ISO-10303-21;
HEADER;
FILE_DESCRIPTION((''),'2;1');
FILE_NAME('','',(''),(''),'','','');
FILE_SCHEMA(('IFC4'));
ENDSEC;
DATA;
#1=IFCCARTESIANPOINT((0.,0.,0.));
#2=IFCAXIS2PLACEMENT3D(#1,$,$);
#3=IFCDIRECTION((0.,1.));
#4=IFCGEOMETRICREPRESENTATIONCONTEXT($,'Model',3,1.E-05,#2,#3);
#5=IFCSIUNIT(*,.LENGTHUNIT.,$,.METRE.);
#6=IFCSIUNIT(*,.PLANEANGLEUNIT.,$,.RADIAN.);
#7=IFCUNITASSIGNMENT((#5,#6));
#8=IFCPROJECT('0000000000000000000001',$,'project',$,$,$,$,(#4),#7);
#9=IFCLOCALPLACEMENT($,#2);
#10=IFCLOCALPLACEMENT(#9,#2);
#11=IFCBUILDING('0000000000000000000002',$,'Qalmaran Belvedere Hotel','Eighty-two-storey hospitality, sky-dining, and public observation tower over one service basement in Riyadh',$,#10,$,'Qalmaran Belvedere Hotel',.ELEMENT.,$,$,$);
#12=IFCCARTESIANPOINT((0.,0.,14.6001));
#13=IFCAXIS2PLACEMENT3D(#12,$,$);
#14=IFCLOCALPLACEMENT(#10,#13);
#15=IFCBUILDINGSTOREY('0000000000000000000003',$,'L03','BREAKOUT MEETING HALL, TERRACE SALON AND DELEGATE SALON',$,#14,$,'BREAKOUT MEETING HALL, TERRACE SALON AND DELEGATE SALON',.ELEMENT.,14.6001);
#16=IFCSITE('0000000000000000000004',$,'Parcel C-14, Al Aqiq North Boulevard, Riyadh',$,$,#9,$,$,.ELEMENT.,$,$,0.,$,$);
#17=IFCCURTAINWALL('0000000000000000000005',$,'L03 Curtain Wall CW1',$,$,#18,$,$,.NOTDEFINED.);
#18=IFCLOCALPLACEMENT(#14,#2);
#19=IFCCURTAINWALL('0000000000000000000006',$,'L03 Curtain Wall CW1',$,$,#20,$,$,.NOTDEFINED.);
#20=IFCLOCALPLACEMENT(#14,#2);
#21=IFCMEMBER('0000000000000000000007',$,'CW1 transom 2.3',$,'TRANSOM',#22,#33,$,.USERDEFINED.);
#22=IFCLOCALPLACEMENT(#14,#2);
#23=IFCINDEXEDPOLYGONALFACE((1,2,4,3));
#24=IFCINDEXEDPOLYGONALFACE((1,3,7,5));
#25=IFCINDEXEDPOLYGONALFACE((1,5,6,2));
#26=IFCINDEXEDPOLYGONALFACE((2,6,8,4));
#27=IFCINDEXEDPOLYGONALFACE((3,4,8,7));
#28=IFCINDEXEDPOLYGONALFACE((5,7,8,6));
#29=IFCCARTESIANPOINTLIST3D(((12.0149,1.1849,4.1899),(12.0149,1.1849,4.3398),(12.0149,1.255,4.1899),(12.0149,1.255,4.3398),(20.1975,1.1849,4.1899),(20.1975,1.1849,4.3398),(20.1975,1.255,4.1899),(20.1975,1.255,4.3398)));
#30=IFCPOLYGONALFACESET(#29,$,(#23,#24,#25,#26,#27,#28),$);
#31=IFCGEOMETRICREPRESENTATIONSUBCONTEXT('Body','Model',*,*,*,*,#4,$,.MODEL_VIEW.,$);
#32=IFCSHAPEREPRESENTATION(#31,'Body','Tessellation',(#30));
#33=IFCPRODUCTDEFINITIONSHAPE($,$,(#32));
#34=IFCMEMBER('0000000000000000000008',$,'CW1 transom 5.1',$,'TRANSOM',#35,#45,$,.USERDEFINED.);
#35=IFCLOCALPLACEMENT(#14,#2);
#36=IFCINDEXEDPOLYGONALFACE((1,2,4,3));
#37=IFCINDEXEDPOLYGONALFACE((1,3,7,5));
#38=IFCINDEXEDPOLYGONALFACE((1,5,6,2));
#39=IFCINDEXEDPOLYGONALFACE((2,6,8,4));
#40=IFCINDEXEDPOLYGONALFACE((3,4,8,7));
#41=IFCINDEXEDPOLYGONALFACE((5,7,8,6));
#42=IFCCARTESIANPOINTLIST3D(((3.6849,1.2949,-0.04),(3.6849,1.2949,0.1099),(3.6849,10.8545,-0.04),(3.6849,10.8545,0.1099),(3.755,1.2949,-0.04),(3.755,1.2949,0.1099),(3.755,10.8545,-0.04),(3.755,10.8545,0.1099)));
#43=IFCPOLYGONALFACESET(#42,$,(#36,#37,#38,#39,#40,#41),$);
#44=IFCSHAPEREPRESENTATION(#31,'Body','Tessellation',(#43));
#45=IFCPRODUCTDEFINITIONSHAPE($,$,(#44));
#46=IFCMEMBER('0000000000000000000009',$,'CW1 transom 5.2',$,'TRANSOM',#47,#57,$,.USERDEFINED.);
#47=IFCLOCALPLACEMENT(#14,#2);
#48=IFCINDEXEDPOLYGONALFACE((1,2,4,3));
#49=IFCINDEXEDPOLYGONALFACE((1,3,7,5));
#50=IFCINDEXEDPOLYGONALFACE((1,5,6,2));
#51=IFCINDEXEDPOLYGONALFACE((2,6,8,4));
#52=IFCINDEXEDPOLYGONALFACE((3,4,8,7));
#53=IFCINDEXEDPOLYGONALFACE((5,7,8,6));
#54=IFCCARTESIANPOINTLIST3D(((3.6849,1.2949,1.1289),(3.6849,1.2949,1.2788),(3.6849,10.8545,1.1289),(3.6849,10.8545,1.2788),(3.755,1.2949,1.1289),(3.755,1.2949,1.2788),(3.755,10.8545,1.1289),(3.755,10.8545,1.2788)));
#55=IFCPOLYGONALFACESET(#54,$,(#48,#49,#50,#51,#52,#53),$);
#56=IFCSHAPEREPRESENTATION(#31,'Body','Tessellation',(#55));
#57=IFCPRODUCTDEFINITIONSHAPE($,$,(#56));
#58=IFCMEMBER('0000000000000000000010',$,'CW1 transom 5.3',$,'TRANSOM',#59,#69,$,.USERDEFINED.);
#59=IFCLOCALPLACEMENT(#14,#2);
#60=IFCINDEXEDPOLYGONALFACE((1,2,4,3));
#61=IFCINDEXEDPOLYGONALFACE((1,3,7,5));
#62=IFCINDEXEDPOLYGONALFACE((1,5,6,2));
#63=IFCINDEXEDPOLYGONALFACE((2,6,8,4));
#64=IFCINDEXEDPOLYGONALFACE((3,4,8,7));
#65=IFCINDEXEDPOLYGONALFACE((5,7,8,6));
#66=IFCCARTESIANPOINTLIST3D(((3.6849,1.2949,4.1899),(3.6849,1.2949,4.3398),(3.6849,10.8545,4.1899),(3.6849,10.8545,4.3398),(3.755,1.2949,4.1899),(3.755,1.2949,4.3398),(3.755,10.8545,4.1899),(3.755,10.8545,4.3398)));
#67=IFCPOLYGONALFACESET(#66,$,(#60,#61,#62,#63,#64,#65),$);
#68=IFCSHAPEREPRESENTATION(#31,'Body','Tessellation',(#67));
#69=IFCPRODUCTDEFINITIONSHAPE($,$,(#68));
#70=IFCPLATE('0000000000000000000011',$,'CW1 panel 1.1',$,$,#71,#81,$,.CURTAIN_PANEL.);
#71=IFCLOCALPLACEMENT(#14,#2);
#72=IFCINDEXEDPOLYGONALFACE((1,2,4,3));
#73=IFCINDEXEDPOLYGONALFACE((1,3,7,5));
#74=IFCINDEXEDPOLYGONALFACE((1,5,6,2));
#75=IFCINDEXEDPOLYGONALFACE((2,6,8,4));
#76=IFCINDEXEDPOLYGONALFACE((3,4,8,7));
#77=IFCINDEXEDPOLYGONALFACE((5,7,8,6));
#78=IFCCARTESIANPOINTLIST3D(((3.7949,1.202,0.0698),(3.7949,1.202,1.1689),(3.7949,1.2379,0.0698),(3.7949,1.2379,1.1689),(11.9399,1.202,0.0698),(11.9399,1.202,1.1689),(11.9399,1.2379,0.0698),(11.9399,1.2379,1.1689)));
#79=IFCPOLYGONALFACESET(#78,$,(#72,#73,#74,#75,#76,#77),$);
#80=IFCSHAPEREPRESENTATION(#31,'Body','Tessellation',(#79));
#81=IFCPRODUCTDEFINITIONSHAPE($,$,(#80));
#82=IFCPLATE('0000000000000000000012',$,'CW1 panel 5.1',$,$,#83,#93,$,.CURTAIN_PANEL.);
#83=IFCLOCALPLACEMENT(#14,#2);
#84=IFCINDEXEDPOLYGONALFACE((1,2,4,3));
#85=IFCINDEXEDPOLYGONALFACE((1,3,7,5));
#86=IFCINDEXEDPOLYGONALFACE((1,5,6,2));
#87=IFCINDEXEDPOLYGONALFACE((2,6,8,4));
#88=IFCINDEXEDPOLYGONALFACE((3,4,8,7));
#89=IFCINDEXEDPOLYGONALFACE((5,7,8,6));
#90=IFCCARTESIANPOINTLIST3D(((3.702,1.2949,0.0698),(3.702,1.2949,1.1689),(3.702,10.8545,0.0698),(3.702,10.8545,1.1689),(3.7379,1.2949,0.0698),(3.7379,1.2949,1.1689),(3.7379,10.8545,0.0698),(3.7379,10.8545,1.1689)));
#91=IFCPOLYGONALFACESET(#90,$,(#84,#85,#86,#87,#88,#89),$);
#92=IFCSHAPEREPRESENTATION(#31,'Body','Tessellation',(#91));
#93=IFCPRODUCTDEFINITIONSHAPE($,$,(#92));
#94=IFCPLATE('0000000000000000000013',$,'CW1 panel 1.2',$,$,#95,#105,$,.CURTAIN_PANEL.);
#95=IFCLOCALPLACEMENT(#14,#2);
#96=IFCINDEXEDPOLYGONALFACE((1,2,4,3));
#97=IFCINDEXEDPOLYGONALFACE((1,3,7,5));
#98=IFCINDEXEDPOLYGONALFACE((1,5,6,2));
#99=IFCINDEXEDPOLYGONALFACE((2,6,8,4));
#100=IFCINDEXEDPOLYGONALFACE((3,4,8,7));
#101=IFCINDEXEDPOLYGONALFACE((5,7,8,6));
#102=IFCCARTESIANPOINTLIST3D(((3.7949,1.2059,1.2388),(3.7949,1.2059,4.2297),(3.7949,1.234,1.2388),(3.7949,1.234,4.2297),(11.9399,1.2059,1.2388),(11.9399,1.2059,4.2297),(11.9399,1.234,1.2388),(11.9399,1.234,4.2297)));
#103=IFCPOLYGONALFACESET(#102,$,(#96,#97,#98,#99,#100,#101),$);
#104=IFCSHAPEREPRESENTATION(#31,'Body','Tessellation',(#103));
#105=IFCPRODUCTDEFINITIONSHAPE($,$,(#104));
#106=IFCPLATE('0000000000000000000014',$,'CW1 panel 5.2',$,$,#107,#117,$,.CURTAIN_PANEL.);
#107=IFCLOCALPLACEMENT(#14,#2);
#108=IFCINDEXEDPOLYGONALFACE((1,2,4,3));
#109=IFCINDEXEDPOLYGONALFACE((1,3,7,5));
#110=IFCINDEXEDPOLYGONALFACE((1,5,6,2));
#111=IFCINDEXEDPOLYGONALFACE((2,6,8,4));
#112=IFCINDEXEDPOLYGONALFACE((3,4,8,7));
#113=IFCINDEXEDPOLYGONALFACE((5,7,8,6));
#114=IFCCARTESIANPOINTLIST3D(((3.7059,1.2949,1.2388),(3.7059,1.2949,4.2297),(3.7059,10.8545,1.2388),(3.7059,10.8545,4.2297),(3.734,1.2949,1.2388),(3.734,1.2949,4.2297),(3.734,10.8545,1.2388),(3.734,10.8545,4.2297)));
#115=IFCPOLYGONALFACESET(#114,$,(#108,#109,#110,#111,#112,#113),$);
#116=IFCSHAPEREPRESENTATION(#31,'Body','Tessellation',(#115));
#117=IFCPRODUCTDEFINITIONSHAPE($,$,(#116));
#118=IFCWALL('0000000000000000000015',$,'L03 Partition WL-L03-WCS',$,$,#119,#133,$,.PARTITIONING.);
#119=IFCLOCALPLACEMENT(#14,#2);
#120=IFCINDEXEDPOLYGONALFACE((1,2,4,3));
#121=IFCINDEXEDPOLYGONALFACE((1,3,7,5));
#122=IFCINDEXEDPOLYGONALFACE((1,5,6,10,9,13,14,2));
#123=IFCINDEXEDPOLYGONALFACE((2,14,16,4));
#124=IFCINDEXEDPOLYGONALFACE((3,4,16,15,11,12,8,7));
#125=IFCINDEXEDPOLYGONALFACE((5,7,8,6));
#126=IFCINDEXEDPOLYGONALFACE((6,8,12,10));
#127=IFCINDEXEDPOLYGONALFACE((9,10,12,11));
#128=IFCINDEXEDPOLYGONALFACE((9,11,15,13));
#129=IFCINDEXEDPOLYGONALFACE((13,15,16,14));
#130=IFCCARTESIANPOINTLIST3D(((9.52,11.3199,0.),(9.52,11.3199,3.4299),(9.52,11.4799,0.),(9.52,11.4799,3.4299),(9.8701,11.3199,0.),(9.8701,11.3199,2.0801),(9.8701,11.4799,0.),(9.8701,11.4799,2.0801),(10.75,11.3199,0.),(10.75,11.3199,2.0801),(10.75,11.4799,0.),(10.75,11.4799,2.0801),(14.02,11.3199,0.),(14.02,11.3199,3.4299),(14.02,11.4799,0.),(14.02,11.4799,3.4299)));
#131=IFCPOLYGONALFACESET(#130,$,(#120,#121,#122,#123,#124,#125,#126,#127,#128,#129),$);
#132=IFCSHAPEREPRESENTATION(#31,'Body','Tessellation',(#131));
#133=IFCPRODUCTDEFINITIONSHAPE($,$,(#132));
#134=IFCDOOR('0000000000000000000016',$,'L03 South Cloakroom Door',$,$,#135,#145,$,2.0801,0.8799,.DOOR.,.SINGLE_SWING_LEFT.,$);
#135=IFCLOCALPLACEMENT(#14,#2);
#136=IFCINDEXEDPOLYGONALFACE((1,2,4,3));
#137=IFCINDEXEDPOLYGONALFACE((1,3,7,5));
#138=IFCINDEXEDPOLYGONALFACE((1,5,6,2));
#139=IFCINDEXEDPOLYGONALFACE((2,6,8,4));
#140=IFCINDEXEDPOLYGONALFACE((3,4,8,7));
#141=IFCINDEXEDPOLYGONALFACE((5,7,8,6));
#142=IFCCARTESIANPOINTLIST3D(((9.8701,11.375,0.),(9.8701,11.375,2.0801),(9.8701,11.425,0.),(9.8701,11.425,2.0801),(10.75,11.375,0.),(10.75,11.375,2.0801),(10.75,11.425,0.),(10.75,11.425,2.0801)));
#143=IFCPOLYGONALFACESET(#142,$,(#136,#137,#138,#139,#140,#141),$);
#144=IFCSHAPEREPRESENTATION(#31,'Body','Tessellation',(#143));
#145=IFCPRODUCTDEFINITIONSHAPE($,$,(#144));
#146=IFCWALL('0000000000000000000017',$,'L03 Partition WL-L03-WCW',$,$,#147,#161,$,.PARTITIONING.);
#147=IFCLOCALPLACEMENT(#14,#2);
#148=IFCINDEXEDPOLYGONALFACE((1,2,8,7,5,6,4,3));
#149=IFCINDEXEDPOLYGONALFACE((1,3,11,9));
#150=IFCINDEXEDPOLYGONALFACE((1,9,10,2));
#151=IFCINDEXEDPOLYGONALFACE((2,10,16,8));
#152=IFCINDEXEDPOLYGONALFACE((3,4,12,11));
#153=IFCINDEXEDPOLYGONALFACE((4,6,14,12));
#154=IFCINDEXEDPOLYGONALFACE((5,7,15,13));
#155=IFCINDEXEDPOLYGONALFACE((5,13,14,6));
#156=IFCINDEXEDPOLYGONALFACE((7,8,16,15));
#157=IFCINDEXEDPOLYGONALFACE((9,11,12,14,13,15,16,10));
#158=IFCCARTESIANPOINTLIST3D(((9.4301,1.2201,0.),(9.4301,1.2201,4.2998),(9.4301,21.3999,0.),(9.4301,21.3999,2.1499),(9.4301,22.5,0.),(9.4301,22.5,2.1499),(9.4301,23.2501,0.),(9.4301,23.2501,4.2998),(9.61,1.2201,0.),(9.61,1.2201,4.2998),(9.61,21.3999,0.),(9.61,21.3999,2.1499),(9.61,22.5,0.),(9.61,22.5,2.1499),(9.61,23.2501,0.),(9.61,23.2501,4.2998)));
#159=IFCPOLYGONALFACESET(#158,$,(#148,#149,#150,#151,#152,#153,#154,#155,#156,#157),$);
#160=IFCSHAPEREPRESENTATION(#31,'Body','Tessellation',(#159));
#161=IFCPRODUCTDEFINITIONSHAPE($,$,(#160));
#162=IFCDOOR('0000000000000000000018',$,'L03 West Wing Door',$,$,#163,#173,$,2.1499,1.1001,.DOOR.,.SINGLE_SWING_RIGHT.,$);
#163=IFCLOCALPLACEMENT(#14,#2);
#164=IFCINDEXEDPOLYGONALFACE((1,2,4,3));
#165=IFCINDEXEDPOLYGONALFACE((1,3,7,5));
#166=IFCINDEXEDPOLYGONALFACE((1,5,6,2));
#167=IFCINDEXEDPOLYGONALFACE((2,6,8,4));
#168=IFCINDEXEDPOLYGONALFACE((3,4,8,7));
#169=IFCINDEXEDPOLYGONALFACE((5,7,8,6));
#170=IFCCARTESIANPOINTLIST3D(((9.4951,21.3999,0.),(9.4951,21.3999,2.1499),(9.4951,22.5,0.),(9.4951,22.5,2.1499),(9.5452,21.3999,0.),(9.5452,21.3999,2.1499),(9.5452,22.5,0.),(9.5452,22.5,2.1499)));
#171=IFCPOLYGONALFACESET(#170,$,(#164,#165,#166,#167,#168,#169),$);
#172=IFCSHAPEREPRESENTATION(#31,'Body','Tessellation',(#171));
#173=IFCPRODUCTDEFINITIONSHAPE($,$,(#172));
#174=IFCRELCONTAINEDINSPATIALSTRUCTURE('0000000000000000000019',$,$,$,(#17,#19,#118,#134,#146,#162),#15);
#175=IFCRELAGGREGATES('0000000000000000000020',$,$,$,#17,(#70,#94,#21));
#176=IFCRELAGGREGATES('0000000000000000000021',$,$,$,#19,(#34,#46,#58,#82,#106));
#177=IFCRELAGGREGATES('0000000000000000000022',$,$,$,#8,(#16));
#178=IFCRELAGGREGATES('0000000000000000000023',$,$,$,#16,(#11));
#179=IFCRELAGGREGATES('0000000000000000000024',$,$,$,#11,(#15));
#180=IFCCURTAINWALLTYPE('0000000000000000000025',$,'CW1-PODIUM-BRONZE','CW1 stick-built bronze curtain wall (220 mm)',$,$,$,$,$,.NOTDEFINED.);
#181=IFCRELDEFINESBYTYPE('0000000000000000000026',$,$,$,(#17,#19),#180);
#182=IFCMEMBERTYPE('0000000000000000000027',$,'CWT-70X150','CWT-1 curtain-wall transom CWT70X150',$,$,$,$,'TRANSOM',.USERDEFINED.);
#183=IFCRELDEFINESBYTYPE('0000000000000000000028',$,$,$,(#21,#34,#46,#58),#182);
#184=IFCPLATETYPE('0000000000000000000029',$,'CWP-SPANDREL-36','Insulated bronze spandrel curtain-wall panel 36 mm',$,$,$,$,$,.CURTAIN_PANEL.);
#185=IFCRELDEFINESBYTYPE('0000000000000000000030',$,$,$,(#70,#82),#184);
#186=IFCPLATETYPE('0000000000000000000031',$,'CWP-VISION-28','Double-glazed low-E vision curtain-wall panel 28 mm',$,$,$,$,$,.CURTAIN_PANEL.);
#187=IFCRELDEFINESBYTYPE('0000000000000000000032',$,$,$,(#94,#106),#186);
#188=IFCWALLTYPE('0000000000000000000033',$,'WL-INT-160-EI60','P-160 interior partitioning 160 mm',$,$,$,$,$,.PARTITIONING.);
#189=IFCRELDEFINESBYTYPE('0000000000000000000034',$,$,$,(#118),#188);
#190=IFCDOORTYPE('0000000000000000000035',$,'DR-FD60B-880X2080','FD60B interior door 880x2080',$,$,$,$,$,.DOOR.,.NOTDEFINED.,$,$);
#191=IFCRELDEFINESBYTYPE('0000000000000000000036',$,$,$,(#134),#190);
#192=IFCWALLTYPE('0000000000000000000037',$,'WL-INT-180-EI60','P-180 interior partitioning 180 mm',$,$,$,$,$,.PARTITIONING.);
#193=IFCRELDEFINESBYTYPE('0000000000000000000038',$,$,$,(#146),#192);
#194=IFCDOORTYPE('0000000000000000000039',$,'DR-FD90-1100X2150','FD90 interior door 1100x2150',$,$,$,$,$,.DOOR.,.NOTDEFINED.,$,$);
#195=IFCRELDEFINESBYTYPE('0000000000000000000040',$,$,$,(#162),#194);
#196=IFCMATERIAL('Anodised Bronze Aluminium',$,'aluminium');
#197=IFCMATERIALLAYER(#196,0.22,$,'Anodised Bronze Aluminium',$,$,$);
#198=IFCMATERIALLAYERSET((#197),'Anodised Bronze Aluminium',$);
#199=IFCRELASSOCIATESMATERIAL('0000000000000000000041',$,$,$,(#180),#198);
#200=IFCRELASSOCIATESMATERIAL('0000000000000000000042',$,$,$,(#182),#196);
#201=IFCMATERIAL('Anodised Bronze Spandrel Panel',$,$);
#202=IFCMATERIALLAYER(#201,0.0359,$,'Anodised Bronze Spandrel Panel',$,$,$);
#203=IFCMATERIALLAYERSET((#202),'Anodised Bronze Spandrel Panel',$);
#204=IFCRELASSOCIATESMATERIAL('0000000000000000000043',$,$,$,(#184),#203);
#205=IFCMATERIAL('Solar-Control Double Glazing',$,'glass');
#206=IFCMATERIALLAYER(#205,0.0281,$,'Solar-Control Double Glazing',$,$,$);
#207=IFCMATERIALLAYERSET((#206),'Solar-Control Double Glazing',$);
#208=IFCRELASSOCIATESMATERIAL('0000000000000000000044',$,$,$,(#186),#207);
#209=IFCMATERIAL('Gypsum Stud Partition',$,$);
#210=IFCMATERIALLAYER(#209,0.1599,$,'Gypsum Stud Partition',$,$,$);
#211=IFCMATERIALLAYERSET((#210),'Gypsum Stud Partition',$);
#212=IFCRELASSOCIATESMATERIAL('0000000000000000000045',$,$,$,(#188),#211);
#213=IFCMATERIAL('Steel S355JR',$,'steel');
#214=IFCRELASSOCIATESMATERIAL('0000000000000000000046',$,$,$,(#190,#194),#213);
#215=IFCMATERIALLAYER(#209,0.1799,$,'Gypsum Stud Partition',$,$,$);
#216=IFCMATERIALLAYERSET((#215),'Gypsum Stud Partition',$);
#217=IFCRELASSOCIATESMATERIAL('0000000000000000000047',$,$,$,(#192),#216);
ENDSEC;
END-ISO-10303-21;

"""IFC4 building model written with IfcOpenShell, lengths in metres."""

from ifc_helpers import new_model, si_unit, direction, frame, frame_2d, origin, origin_2d, place, context, subcontext, project, spatial, rectangle, extrude, material, layer, layer_set, material_profile, profile_set, type_object, element, fill, aggregate, save


model = new_model("IFC4")

# Units and contexts
model_context = context("Model", 3, precision=1e-05, world=origin(), true_north=direction((0.0, 1.0)))
body_context = subcontext(model_context, "Body", "Model", "MODEL_VIEW")
ifc_project = project(units=[si_unit("LENGTHUNIT", "METRE"), si_unit("PLANEANGLEUNIT", "RADIAN")], contexts=[model_context])

# Site, building, storey
site_placement = place(None, origin())
site = spatial("IfcSite", under=ifc_project, at=site_placement, Name="Parcel C-14, Al Aqiq North Boulevard, Riyadh", CompositionType="ELEMENT", RefElevation=0.0)
building_placement = place(site_placement, origin())
building = spatial("IfcBuilding", under=site, at=building_placement, Name="Qalmaran Belvedere Hotel", Description="Eighty-two-storey hospitality, sky-dining, and public observation tower over one service basement in Riyadh", LongName="Qalmaran Belvedere Hotel", CompositionType="ELEMENT")
storey_placement = place(building_placement, frame((0.0, 0.0, 14.6001)))
storey = spatial("IfcBuildingStorey", under=building, at=storey_placement, Name="L03", Description="BREAKOUT MEETING HALL, TERRACE SALON AND DELEGATE SALON", LongName="BREAKOUT MEETING HALL, TERRACE SALON AND DELEGATE SALON", CompositionType="ELEMENT", Elevation=14.6001)

# Shared definitions
ifc_material_1 = material(Name="Steel S355JR", Category="steel")

# Curtain walls
ifc_material_2 = material(Name="Anodised Bronze Aluminium", Category="aluminium")
ifc_layer_1 = layer(ifc_material_2, 0.22, Name="Anodised Bronze Aluminium")
ifc_layer_set_1 = layer_set([ifc_layer_1], Name="Anodised Bronze Aluminium")
curtain_wall_type = type_object("IfcCurtainWallType", Name="CW1-PODIUM-BRONZE", Description="CW1 stick-built bronze curtain wall (220 mm)", PredefinedType="NOTDEFINED", material=ifc_layer_set_1)
curtain_wall_1_placement = place(storey_placement, origin())
curtain_wall_1 = element("IfcCurtainWall", 1, at=curtain_wall_1_placement, inside=storey, type_object=curtain_wall_type, Name="L03 Curtain Wall CW1", PredefinedType="NOTDEFINED")
curtain_wall_2_placement = place(storey_placement, origin())
curtain_wall_2 = element("IfcCurtainWall", 2, at=curtain_wall_2_placement, inside=storey, type_object=curtain_wall_type, Name="L03 Curtain Wall CW1", PredefinedType="NOTDEFINED")

# Members
ifc_material_profile_1 = material_profile(ifc_material_2, rectangle(XDim=0.0701, YDim=0.1499, at=origin_2d()), Name="CWT70X150")
ifc_profile_set_1 = profile_set([ifc_material_profile_1], Name="Anodised Bronze Aluminium")
member_type_1 = type_object("IfcMemberType", Name="CWT-70X150", Description="CWT-1 curtain-wall transom CWT70X150", ElementType="TRANSOM", PredefinedType="USERDEFINED", material=ifc_profile_set_1)
member_1_placement = place(storey_placement, frame((12.0149, 1.22, 4.2649), z_axis=(1.0, 0.0, 0.0), x_axis=(0.0, 1.0, 0.0)))
member_1 = element("IfcMember", 3, at=member_1_placement, type_object=member_type_1, Name="CW1 transom 2.3", ObjectType="TRANSOM", PredefinedType="USERDEFINED", context=body_context, shape_type="SweptSolid", body=[
    extrude(rectangle(XDim=0.0701, YDim=0.1499, at=origin_2d()), origin(), (0.0, 0.0, 1.0), 8.1826),
])
member_2_placement = place(storey_placement, frame((3.72, 10.8545, 0.0349), z_axis=(0.0, -1.0, 0.0), x_axis=(1.0, 0.0, 0.0)))
member_2 = element("IfcMember", 4, at=member_2_placement, type_object=member_type_1, Name="CW1 transom 5.1", ObjectType="TRANSOM", PredefinedType="USERDEFINED", context=body_context, shape_type="SweptSolid", body=[
    extrude(rectangle(XDim=0.0701, YDim=0.1499, at=origin_2d()), origin(), (0.0, 0.0, 1.0), 9.5596),
])
member_3_placement = place(storey_placement, frame((3.72, 10.8545, 1.2039), z_axis=(0.0, -1.0, 0.0), x_axis=(1.0, 0.0, 0.0)))
member_3 = element("IfcMember", 5, at=member_3_placement, type_object=member_type_1, Name="CW1 transom 5.2", ObjectType="TRANSOM", PredefinedType="USERDEFINED", context=body_context, shape_type="SweptSolid", body=[
    extrude(rectangle(XDim=0.0701, YDim=0.1499, at=origin_2d()), origin(), (0.0, 0.0, 1.0), 9.5596),
])
member_4_placement = place(storey_placement, frame((3.72, 10.8545, 4.2649), z_axis=(0.0, -1.0, 0.0), x_axis=(1.0, 0.0, 0.0)))
member_4 = element("IfcMember", 6, at=member_4_placement, type_object=member_type_1, Name="CW1 transom 5.3", ObjectType="TRANSOM", PredefinedType="USERDEFINED", context=body_context, shape_type="SweptSolid", body=[
    extrude(rectangle(XDim=0.0701, YDim=0.1499, at=origin_2d()), origin(), (0.0, 0.0, 1.0), 9.5596),
])

# Plates
ifc_material_3 = material(Name="Anodised Bronze Spandrel Panel")
ifc_layer_2 = layer(ifc_material_3, 0.0359, Name="Anodised Bronze Spandrel Panel")
ifc_layer_set_2 = layer_set([ifc_layer_2], Name="Anodised Bronze Spandrel Panel")
plate_type_1 = type_object("IfcPlateType", Name="CWP-SPANDREL-36", Description="Insulated bronze spandrel curtain-wall panel 36 mm", PredefinedType="CURTAIN_PANEL", material=ifc_layer_set_2)
plate_1_placement = place(storey_placement, frame((7.8674, 1.22, 0.0698), z_axis=(0.0, 0.0, 1.0), x_axis=(1.0, 0.0, 0.0)))
plate_1 = element("IfcPlate", 7, at=plate_1_placement, type_object=plate_type_1, Name="CW1 panel 1.1", PredefinedType="CURTAIN_PANEL", context=body_context, shape_type="SweptSolid", body=[
    extrude(rectangle(XDim=8.145, YDim=0.0359, at=origin_2d()), origin(), (0.0, 0.0, 1.0), 1.0991),
])
plate_2_placement = place(storey_placement, frame((3.72, 6.0747, 0.0698), z_axis=(0.0, 0.0, 1.0), x_axis=(0.0, -1.0, 0.0)))
plate_2 = element("IfcPlate", 8, at=plate_2_placement, type_object=plate_type_1, Name="CW1 panel 5.1", PredefinedType="CURTAIN_PANEL", context=body_context, shape_type="SweptSolid", body=[
    extrude(rectangle(XDim=9.5596, YDim=0.0359, at=origin_2d()), origin(), (0.0, 0.0, 1.0), 1.0991),
])
ifc_material_4 = material(Name="Solar-Control Double Glazing", Category="glass")
ifc_layer_3 = layer(ifc_material_4, 0.0281, Name="Solar-Control Double Glazing")
ifc_layer_set_3 = layer_set([ifc_layer_3], Name="Solar-Control Double Glazing")
plate_type_2 = type_object("IfcPlateType", Name="CWP-VISION-28", Description="Double-glazed low-E vision curtain-wall panel 28 mm", PredefinedType="CURTAIN_PANEL", material=ifc_layer_set_3)
plate_3_placement = place(storey_placement, frame((7.8674, 1.22, 1.2388), z_axis=(0.0, 0.0, 1.0), x_axis=(1.0, 0.0, 0.0)))
plate_3 = element("IfcPlate", 9, at=plate_3_placement, type_object=plate_type_2, Name="CW1 panel 1.2", PredefinedType="CURTAIN_PANEL", context=body_context, shape_type="SweptSolid", body=[
    extrude(rectangle(XDim=8.145, YDim=0.0281, at=origin_2d()), origin(), (0.0, 0.0, 1.0), 2.991),
])
aggregate(curtain_wall_1, [plate_1, plate_3, member_1])
plate_4_placement = place(storey_placement, frame((3.72, 6.0747, 1.2388), z_axis=(0.0, 0.0, 1.0), x_axis=(0.0, -1.0, 0.0)))
plate_4 = element("IfcPlate", 10, at=plate_4_placement, type_object=plate_type_2, Name="CW1 panel 5.2", PredefinedType="CURTAIN_PANEL", context=body_context, shape_type="SweptSolid", body=[
    extrude(rectangle(XDim=9.5596, YDim=0.0281, at=origin_2d()), origin(), (0.0, 0.0, 1.0), 2.991),
])
aggregate(curtain_wall_2, [member_2, member_3, member_4, plate_2, plate_4])

# Walls, openings, doors
ifc_material_5 = material(Name="Gypsum Stud Partition")
ifc_layer_4 = layer(ifc_material_5, 0.1599, Name="Gypsum Stud Partition")
ifc_layer_set_4 = layer_set([ifc_layer_4], Name="Gypsum Stud Partition")
wall_type_1 = type_object("IfcWallType", Name="WL-INT-160-EI60", Description="P-160 interior partitioning 160 mm", PredefinedType="PARTITIONING", material=ifc_layer_set_4)
wall_1_placement = place(storey_placement, frame((9.52, 11.3999, 0.0), z_axis=(0.0, 0.0, 1.0), x_axis=(1.0, 0.0, 0.0)))
wall_1 = element("IfcWall", 11, at=wall_1_placement, inside=storey, type_object=wall_type_1, Name="L03 Partition WL-L03-WCS", PredefinedType="PARTITIONING", context=body_context, shape_type="SweptSolid", body=[
    extrude(rectangle(XDim=4.5, YDim=0.1599, at=frame_2d((2.25, 0.0))), origin(), (0.0, 0.0, 1.0), 3.4299),
])
opening_1_placement = place(wall_1_placement, frame((1.23, 0.0, 0.0), z_axis=(0.0, 0.0, 1.0), x_axis=(-1.0, 0.0, 0.0)))
opening_1 = element("IfcOpeningElement", 12, at=opening_1_placement, cuts=wall_1, PredefinedType="OPENING", context=body_context, shape_type="SweptSolid", body=[
    extrude(rectangle(XDim=0.8799, YDim=2.0801, at=frame_2d((0.4399, 1.04))), frame((0.0, 0.0898, 0.0), z_axis=(0.0, -1.0, 0.0), x_axis=(1.0, 0.0, 0.0)), (0.0, 0.0, 1.0), 0.1799),
])
door_type_1 = type_object("IfcDoorType", Name="DR-FD60B-880X2080", Description="FD60B interior door 880x2080", OperationType="NOTDEFINED", PredefinedType="DOOR", material=ifc_material_1)
door_1_placement = place(opening_1_placement, origin())
door_1 = element("IfcDoor", 13, at=door_1_placement, inside=storey, type_object=door_type_1, Name="L03 South Cloakroom Door", OperationType="SINGLE_SWING_LEFT", OverallHeight=2.0801, OverallWidth=0.8799, PredefinedType="DOOR", context=body_context, shape_type="SweptSolid", body=[
    extrude(rectangle(XDim=0.8799, YDim=2.0801, at=frame_2d((0.4399, 1.04))), frame((0.0, 0.0249, 0.0), z_axis=(0.0, -1.0, 0.0), x_axis=(1.0, 0.0, 0.0)), (0.0, 0.0, 1.0), 0.05),
])
fill(opening_1, door_1)
ifc_layer_5 = layer(ifc_material_5, 0.1799, Name="Gypsum Stud Partition")
ifc_layer_set_5 = layer_set([ifc_layer_5], Name="Gypsum Stud Partition")
wall_type_2 = type_object("IfcWallType", Name="WL-INT-180-EI60", Description="P-180 interior partitioning 180 mm", PredefinedType="PARTITIONING", material=ifc_layer_set_5)
wall_2_placement = place(storey_placement, frame((9.52, 1.22, 0.0), z_axis=(0.0, 0.0, 1.0), x_axis=(0.0, 1.0, 0.0)))
wall_2 = element("IfcWall", 14, at=wall_2_placement, inside=storey, type_object=wall_type_2, Name="L03 Partition WL-L03-WCW", PredefinedType="PARTITIONING", context=body_context, shape_type="SweptSolid", body=[
    extrude(rectangle(XDim=22.03, YDim=0.1799, at=frame_2d((11.0151, 0.0))), origin(), (0.0, 0.0, 1.0), 4.2998),
])
opening_2_placement = place(wall_2_placement, frame((20.1799, 0.0, 0.0)))
opening_2 = element("IfcOpeningElement", 15, at=opening_2_placement, cuts=wall_2, PredefinedType="OPENING", context=body_context, shape_type="SweptSolid", body=[
    extrude(rectangle(XDim=1.1001, YDim=2.1499, at=frame_2d((0.55, 1.075))), frame((0.0, 0.1001, 0.0), z_axis=(0.0, -1.0, 0.0), x_axis=(1.0, 0.0, 0.0)), (0.0, 0.0, 1.0), 0.2),
])
door_type_2 = type_object("IfcDoorType", Name="DR-FD90-1100X2150", Description="FD90 interior door 1100x2150", OperationType="NOTDEFINED", PredefinedType="DOOR", material=ifc_material_1)
door_2_placement = place(opening_2_placement, origin())
door_2 = element("IfcDoor", 16, at=door_2_placement, inside=storey, type_object=door_type_2, Name="L03 West Wing Door", OperationType="SINGLE_SWING_RIGHT", OverallHeight=2.1499, OverallWidth=1.1001, PredefinedType="DOOR", context=body_context, shape_type="SweptSolid", body=[
    extrude(rectangle(XDim=1.1001, YDim=2.1499, at=frame_2d((0.55, 1.075))), frame((0.0, 0.0249, 0.0), z_axis=(0.0, -1.0, 0.0), x_axis=(1.0, 0.0, 0.0)), (0.0, 0.0, 1.0), 0.05),
])
fill(opening_2, door_2)

save(model, "model.ifc")
